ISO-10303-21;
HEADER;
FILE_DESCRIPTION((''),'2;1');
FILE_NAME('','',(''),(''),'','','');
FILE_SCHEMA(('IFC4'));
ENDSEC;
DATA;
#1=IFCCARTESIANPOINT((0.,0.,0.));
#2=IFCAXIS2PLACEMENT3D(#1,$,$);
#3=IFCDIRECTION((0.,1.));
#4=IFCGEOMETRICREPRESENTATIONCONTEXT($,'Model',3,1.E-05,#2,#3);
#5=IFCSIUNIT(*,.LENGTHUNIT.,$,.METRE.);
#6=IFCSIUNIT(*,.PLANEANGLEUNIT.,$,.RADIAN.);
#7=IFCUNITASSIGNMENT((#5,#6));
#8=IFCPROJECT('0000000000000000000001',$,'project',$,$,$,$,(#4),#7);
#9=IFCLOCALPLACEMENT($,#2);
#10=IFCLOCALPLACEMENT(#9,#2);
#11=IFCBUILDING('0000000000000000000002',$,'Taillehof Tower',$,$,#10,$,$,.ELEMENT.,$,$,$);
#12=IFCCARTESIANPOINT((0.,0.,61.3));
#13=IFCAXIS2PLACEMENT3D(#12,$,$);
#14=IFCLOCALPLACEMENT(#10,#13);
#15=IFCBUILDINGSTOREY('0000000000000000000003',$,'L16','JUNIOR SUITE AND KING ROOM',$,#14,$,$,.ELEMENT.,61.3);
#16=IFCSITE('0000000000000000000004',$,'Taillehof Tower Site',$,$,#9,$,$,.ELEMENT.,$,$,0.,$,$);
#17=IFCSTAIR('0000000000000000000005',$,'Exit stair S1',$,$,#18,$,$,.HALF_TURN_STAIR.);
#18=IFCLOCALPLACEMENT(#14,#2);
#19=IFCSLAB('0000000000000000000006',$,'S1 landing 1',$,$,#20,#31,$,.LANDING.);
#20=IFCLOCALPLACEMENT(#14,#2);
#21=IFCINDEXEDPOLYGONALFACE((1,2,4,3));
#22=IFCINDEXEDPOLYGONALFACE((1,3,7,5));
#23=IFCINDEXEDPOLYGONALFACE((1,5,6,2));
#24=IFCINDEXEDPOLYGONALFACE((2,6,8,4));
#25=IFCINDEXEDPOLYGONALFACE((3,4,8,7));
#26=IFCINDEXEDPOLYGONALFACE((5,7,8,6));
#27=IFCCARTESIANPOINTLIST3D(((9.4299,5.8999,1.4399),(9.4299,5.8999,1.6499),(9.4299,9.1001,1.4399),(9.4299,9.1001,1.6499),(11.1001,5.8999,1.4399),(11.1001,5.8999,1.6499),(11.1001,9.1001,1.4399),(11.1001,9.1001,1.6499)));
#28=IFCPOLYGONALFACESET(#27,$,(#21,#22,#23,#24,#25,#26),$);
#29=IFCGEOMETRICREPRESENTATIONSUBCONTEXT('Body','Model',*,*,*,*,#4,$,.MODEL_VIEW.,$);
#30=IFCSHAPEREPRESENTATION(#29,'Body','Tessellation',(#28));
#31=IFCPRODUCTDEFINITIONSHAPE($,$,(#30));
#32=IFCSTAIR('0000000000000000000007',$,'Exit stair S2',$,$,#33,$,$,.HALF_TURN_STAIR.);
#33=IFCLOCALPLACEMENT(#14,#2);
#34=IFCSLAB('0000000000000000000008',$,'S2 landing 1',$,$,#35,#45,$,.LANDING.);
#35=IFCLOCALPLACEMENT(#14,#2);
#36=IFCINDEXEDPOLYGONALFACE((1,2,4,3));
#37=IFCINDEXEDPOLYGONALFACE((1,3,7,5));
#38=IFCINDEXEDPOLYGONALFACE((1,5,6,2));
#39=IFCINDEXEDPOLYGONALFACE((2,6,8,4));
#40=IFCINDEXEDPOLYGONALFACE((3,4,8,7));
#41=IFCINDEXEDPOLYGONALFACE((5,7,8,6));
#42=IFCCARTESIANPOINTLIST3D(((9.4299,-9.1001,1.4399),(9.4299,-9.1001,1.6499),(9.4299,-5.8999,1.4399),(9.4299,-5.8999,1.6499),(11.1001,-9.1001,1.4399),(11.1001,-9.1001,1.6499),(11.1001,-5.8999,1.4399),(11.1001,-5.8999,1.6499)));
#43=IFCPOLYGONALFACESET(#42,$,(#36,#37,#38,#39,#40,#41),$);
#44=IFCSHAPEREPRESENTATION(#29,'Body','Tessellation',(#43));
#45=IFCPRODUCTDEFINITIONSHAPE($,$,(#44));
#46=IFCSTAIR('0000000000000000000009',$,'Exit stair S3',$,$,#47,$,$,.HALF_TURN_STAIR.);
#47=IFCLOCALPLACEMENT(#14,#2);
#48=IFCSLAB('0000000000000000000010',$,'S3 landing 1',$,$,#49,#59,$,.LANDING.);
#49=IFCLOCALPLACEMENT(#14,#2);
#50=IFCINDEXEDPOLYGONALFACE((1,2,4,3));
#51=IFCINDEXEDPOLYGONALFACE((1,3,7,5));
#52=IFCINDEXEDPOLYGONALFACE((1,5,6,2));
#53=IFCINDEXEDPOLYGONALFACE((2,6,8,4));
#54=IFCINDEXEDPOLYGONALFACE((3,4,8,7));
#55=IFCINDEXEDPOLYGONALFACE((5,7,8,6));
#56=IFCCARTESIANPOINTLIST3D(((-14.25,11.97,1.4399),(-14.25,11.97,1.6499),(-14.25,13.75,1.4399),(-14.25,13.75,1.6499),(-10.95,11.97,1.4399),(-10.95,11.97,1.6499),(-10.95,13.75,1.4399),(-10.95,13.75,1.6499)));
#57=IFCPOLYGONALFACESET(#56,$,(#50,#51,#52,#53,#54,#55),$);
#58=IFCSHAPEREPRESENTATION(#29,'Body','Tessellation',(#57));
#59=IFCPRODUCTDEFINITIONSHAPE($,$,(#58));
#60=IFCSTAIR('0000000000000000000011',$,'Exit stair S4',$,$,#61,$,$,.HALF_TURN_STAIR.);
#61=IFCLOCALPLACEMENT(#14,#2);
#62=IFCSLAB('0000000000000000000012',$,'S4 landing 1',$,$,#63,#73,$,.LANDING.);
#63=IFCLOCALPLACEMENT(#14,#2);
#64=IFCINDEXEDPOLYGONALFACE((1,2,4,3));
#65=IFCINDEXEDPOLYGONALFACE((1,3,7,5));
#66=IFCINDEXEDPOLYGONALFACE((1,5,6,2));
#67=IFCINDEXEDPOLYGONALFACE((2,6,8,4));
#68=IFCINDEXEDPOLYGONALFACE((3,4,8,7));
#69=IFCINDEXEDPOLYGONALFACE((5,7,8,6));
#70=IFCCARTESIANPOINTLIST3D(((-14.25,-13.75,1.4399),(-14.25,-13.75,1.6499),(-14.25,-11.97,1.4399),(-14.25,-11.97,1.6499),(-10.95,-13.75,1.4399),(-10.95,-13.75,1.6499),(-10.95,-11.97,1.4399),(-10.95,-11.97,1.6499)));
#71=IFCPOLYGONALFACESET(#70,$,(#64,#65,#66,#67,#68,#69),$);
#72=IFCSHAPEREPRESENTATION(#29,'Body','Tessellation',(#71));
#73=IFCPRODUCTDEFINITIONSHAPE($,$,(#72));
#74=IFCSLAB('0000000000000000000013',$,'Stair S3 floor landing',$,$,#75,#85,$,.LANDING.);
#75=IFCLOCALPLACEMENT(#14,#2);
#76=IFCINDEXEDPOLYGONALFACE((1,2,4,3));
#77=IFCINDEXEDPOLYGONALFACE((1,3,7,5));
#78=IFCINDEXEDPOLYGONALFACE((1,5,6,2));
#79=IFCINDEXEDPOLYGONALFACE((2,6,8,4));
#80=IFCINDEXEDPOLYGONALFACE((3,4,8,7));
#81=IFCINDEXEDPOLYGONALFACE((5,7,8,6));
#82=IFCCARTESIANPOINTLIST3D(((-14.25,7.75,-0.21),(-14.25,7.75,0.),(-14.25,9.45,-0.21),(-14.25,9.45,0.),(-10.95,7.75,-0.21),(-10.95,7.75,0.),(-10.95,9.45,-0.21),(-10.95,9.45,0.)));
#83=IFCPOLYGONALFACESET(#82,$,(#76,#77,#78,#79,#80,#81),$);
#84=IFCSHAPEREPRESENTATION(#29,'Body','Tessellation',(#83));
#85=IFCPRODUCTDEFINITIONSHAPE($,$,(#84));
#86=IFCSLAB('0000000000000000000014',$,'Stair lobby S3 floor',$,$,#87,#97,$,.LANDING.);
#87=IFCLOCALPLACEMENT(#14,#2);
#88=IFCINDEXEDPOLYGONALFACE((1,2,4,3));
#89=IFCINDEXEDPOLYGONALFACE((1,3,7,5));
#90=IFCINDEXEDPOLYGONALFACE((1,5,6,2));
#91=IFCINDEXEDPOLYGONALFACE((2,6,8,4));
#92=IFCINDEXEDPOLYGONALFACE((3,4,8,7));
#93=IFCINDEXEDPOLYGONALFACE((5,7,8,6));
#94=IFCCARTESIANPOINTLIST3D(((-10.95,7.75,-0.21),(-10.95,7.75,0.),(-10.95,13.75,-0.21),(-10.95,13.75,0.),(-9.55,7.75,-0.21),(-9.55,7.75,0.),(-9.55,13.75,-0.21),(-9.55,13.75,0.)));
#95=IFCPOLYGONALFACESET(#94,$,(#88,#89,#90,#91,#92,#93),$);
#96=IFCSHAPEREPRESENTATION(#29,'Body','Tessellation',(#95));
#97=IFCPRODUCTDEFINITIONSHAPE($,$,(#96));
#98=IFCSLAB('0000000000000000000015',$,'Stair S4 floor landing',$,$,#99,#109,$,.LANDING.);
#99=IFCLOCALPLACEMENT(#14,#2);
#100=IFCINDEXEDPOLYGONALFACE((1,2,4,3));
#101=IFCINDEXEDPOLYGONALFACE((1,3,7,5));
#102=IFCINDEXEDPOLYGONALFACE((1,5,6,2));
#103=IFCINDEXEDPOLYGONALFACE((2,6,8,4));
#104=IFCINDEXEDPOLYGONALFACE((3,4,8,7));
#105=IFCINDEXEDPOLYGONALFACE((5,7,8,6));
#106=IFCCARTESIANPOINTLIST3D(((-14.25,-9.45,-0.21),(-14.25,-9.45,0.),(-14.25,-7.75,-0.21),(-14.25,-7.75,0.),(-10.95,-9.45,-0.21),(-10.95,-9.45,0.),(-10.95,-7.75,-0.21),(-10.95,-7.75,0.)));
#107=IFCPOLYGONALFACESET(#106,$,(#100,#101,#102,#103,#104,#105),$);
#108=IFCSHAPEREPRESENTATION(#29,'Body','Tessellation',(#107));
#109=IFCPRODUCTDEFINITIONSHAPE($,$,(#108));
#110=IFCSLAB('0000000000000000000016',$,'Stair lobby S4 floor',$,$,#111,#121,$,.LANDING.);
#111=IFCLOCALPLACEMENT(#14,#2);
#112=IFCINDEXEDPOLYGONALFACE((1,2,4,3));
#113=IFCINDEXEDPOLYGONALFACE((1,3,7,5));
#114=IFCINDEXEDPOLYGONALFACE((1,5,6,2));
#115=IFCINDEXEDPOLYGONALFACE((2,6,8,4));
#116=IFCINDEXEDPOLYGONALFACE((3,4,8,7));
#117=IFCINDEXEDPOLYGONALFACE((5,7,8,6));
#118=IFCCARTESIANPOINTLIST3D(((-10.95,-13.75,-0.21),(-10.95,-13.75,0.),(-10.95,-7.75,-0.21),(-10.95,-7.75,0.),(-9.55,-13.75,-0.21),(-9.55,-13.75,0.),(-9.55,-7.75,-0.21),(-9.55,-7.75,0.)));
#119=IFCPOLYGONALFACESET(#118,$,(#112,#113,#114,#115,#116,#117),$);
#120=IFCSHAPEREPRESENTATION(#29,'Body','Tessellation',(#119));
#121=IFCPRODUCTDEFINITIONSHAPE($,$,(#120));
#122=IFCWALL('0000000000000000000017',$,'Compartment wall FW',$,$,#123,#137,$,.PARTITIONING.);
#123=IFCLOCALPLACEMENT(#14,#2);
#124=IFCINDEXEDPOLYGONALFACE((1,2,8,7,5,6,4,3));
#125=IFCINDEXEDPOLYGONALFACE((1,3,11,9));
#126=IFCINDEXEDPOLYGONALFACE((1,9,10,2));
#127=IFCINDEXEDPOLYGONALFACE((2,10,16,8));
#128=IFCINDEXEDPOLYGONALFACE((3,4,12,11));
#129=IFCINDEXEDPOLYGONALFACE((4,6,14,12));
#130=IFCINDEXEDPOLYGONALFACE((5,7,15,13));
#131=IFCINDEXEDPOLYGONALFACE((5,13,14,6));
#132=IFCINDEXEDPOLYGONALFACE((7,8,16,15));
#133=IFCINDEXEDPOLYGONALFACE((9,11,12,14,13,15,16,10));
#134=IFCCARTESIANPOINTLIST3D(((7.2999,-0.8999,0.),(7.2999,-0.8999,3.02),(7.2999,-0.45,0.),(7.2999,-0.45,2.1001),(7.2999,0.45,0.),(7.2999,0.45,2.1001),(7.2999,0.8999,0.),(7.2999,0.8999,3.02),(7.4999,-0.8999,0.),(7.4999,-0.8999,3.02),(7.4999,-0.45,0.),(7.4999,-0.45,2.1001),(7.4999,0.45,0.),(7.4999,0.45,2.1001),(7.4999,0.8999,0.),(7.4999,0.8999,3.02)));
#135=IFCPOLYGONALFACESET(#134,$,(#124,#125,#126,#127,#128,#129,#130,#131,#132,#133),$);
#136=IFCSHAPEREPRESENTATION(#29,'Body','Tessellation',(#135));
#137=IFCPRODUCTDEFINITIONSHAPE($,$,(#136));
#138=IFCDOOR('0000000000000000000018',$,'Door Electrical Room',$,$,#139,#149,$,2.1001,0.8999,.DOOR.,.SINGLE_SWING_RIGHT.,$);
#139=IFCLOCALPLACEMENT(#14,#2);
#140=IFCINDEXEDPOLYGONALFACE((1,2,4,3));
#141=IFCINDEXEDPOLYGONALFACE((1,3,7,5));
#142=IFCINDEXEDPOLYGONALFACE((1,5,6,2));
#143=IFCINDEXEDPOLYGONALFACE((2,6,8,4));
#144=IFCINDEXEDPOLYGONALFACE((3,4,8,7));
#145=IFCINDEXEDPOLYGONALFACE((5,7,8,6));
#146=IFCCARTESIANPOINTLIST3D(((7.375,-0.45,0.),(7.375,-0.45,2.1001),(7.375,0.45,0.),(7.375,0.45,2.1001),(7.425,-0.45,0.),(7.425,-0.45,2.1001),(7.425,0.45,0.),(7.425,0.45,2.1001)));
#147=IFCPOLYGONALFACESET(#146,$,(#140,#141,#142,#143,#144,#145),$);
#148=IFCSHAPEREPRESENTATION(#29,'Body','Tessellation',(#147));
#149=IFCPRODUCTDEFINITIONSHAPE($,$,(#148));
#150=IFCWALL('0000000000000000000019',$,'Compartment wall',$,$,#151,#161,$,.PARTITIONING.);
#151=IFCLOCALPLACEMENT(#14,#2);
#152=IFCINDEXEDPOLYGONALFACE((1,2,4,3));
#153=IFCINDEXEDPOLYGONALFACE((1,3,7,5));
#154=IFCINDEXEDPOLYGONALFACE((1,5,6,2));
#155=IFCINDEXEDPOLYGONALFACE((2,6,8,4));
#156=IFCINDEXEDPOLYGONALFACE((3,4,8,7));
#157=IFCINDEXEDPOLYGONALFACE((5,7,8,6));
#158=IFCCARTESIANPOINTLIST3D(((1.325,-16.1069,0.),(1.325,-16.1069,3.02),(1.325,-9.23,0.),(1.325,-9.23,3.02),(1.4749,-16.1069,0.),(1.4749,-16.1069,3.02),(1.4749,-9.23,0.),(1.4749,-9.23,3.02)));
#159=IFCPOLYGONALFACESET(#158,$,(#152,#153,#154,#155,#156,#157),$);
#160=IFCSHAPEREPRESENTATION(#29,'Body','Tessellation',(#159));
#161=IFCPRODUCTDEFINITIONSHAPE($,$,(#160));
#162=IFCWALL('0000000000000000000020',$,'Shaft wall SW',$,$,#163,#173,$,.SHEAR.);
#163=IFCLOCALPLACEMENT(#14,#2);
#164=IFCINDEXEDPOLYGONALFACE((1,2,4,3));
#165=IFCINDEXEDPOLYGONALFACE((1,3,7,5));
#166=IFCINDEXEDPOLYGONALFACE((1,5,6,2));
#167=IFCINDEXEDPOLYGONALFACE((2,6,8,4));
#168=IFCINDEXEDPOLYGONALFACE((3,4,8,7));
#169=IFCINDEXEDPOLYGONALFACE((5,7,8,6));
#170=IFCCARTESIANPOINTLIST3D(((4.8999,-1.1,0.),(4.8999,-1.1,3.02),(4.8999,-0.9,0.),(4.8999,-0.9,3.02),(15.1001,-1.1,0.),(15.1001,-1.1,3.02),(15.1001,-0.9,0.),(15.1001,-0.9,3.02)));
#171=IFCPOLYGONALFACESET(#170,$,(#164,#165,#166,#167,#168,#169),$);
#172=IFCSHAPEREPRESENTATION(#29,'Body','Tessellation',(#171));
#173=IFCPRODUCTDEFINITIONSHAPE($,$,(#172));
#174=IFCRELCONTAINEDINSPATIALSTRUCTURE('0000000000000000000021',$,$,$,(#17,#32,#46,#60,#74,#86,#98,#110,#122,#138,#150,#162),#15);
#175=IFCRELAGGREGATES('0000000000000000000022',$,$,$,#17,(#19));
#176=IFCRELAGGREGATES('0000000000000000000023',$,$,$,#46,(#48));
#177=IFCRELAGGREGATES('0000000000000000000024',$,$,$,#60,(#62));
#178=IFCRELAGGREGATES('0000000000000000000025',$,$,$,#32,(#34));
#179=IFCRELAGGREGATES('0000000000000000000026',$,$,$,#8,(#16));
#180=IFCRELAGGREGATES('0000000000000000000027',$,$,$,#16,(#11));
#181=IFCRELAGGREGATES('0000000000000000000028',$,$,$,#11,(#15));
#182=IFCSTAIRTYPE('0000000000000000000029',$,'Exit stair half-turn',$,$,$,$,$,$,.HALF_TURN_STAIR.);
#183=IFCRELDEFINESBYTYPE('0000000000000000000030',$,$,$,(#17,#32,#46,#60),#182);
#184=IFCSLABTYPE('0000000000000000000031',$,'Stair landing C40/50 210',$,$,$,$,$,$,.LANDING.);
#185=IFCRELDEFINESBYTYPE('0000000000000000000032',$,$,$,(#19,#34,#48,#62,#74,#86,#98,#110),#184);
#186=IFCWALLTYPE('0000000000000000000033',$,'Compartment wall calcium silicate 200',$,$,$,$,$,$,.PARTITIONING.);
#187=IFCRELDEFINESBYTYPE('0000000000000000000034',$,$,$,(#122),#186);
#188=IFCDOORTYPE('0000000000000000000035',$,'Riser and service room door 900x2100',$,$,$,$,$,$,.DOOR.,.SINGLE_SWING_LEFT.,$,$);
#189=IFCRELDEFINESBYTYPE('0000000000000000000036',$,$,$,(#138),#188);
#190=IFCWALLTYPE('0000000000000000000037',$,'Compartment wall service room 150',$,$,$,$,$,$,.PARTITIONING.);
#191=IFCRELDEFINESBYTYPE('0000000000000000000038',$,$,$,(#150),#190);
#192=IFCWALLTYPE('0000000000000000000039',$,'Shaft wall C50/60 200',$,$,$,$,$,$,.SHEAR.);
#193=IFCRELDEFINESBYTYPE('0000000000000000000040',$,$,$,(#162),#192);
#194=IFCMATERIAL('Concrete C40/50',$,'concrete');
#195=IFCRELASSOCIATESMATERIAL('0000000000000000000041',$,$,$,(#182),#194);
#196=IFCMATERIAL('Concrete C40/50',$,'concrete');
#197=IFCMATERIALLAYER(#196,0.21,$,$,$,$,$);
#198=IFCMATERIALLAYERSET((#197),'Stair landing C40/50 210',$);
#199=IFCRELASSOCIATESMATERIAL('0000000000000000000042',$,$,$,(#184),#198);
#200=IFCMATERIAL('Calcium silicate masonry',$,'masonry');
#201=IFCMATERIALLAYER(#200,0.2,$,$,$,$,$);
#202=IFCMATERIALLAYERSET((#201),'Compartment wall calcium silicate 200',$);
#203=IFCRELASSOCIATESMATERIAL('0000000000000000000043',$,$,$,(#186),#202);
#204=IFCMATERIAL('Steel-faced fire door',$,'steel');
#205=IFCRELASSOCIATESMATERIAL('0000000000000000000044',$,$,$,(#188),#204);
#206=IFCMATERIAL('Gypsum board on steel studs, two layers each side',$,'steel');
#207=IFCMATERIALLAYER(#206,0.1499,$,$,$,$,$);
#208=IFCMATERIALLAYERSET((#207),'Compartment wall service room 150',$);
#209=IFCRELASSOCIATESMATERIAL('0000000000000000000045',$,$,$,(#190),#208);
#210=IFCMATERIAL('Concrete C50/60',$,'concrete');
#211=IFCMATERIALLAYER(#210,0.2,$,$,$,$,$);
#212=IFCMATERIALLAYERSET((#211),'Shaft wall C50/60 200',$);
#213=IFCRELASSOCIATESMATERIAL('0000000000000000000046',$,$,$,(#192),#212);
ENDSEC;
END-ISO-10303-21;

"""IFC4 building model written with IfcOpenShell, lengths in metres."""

from ifc_helpers import new_model, si_unit, direction, frame, frame_2d, origin, place, context, subcontext, project, spatial, polyline, rectangle, outline, extrude, material, layer, layer_set, type_object, element, fill, aggregate, save


model = new_model("IFC4")

# Units and contexts
model_context = context("Model", 3, precision=1e-05, world=origin(), true_north=direction((0.0, 1.0)))
body_context = subcontext(model_context, "Body", "Model", "MODEL_VIEW")
ifc_project = project(units=[si_unit("LENGTHUNIT", "METRE"), si_unit("PLANEANGLEUNIT", "RADIAN")], contexts=[model_context])

# Site, building, storey
site_placement = place(None, origin())
site = spatial("IfcSite", under=ifc_project, at=site_placement, Name="Taillehof Tower Site", CompositionType="ELEMENT", RefElevation=0.0)
building_placement = place(site_placement, origin())
building = spatial("IfcBuilding", under=site, at=building_placement, Name="Taillehof Tower", CompositionType="ELEMENT")
storey_placement = place(building_placement, frame((0.0, 0.0, 61.3)))
storey = spatial("IfcBuildingStorey", under=building, at=storey_placement, Name="L16", Description="JUNIOR SUITE AND KING ROOM", CompositionType="ELEMENT", Elevation=61.3)

# Stairs, slabs
ifc_material_1 = material(Name="Concrete C40/50", Category="concrete")
stair_type = type_object("IfcStairType", Name="Exit stair half-turn", PredefinedType="HALF_TURN_STAIR", material=ifc_material_1)
stair_1_placement = place(storey_placement, origin())
stair_1 = element("IfcStair", 1, at=stair_1_placement, inside=storey, type_object=stair_type, Name="Exit stair S1", PredefinedType="HALF_TURN_STAIR")
ifc_material_2 = material(Name="Concrete C40/50", Category="concrete")
ifc_layer_1 = layer(ifc_material_2, 0.21)
ifc_layer_set_1 = layer_set([ifc_layer_1], Name="Stair landing C40/50 210")
slab_type_1 = type_object("IfcSlabType", Name="Stair landing C40/50 210", PredefinedType="LANDING", material=ifc_layer_set_1)
slab_1_placement = place(storey_placement, frame((0.0, 0.0, 1.4399)))
slab_1 = element("IfcSlab", 2, at=slab_1_placement, type_object=slab_type_1, Name="S1 landing 1", PredefinedType="LANDING", context=body_context, shape_type="SweptSolid", body=[
    extrude(outline(polyline([(9.4299, 5.8999), (11.1001, 5.8999), (11.1001, 9.1001), (9.4299, 9.1001), (9.4299, 5.8999)])), origin(), (0.0, 0.0, 1.0), 0.21),
])
aggregate(stair_1, [slab_1])
stair_2_placement = place(storey_placement, origin())
stair_2 = element("IfcStair", 3, at=stair_2_placement, inside=storey, type_object=stair_type, Name="Exit stair S2", PredefinedType="HALF_TURN_STAIR")
slab_2_placement = place(storey_placement, frame((0.0, 0.0, 1.4399)))
slab_2 = element("IfcSlab", 4, at=slab_2_placement, type_object=slab_type_1, Name="S2 landing 1", PredefinedType="LANDING", context=body_context, shape_type="SweptSolid", body=[
    extrude(outline(polyline([(9.4299, -5.8999), (11.1001, -5.8999), (11.1001, -9.1001), (9.4299, -9.1001), (9.4299, -5.8999)])), origin(), (0.0, 0.0, 1.0), 0.21),
])
stair_3_placement = place(storey_placement, origin())
stair_3 = element("IfcStair", 5, at=stair_3_placement, inside=storey, type_object=stair_type, Name="Exit stair S3", PredefinedType="HALF_TURN_STAIR")
slab_3_placement = place(storey_placement, frame((0.0, 0.0, 1.4399)))
slab_3 = element("IfcSlab", 6, at=slab_3_placement, type_object=slab_type_1, Name="S3 landing 1", PredefinedType="LANDING", context=body_context, shape_type="SweptSolid", body=[
    extrude(outline(polyline([(-14.25, 11.97), (-14.25, 13.75), (-10.95, 13.75), (-10.95, 11.97), (-14.25, 11.97)])), origin(), (0.0, 0.0, 1.0), 0.21),
])
aggregate(stair_3, [slab_3])
stair_4_placement = place(storey_placement, origin())
stair_4 = element("IfcStair", 7, at=stair_4_placement, inside=storey, type_object=stair_type, Name="Exit stair S4", PredefinedType="HALF_TURN_STAIR")
slab_4_placement = place(storey_placement, frame((0.0, 0.0, 1.4399)))
slab_4 = element("IfcSlab", 8, at=slab_4_placement, type_object=slab_type_1, Name="S4 landing 1", PredefinedType="LANDING", context=body_context, shape_type="SweptSolid", body=[
    extrude(outline(polyline([(-14.25, -11.97), (-14.25, -13.75), (-10.95, -13.75), (-10.95, -11.97), (-14.25, -11.97)])), origin(), (0.0, 0.0, 1.0), 0.21),
])
aggregate(stair_4, [slab_4])

# Slabs
slab_5_placement = place(storey_placement, frame((0.0, 0.0, -0.21)))
element("IfcSlab", 9, at=slab_5_placement, inside=storey, type_object=slab_type_1, Name="Stair S3 floor landing", PredefinedType="LANDING", context=body_context, shape_type="SweptSolid", body=[
    extrude(outline(polyline([(-14.25, 7.75), (-14.25, 9.45), (-10.95, 9.45), (-10.95, 7.75), (-14.25, 7.75)])), origin(), (0.0, 0.0, 1.0), 0.21),
])
slab_6_placement = place(storey_placement, frame((0.0, 0.0, -0.21)))
element("IfcSlab", 10, at=slab_6_placement, inside=storey, type_object=slab_type_1, Name="Stair lobby S3 floor", PredefinedType="LANDING", context=body_context, shape_type="SweptSolid", body=[
    extrude(outline(polyline([(-10.95, 7.75), (-9.55, 7.75), (-9.55, 13.75), (-10.95, 13.75), (-10.95, 7.75)])), origin(), (0.0, 0.0, 1.0), 0.21),
])
slab_7_placement = place(storey_placement, frame((0.0, 0.0, -0.21)))
element("IfcSlab", 11, at=slab_7_placement, inside=storey, type_object=slab_type_1, Name="Stair S4 floor landing", PredefinedType="LANDING", context=body_context, shape_type="SweptSolid", body=[
    extrude(outline(polyline([(-14.25, -7.75), (-14.25, -9.45), (-10.95, -9.45), (-10.95, -7.75), (-14.25, -7.75)])), origin(), (0.0, 0.0, 1.0), 0.21),
])
slab_8_placement = place(storey_placement, frame((0.0, 0.0, -0.21)))
element("IfcSlab", 12, at=slab_8_placement, inside=storey, type_object=slab_type_1, Name="Stair lobby S4 floor", PredefinedType="LANDING", context=body_context, shape_type="SweptSolid", body=[
    extrude(outline(polyline([(-10.95, -13.75), (-9.55, -13.75), (-9.55, -7.75), (-10.95, -7.75), (-10.95, -13.75)])), origin(), (0.0, 0.0, 1.0), 0.21),
])

# Wall, opening, door
ifc_material_3 = material(Name="Calcium silicate masonry", Category="masonry")
ifc_layer_2 = layer(ifc_material_3, 0.2)
ifc_layer_set_2 = layer_set([ifc_layer_2], Name="Compartment wall calcium silicate 200")
wall_type_1 = type_object("IfcWallType", Name="Compartment wall calcium silicate 200", PredefinedType="PARTITIONING", material=ifc_layer_set_2)
wall_1_placement = place(storey_placement, frame((7.3999, -0.8999, 0.0), z_axis=(0.0, 0.0, 1.0), x_axis=(0.0, 1.0, 0.0)))
wall_1 = element("IfcWall", 13, at=wall_1_placement, inside=storey, type_object=wall_type_1, Name="Compartment wall FW", PredefinedType="PARTITIONING", context=body_context, shape_type="SweptSolid", body=[
    extrude(rectangle(XDim=1.7998, YDim=0.2, at=frame_2d((0.8999, 0.0))), origin(), (0.0, 0.0, 1.0), 3.02),
])
opening_1_placement = place(wall_1_placement, frame((0.45, 0.0, 0.0)))
opening_1 = element("IfcOpeningElement", 14, at=opening_1_placement, cuts=wall_1, PredefinedType="OPENING", context=body_context, shape_type="SweptSolid", body=[
    extrude(rectangle(XDim=0.8999, YDim=2.1001, at=frame_2d((0.45, 1.05))), frame((0.0, 0.1099, 0.0), z_axis=(0.0, -1.0, 0.0), x_axis=(1.0, 0.0, 0.0)), (0.0, 0.0, 1.0), 0.22),
])
ifc_material_4 = material(Name="Steel-faced fire door", Category="steel")
door_type_1 = type_object("IfcDoorType", Name="Riser and service room door 900x2100", OperationType="SINGLE_SWING_LEFT", PredefinedType="DOOR", material=ifc_material_4)
door_1_placement = place(opening_1_placement, origin())
door_1 = element("IfcDoor", 15, at=door_1_placement, inside=storey, type_object=door_type_1, Name="Door Electrical Room", OperationType="SINGLE_SWING_RIGHT", OverallHeight=2.1001, OverallWidth=0.8999, PredefinedType="DOOR", context=body_context, shape_type="SweptSolid", body=[
    extrude(rectangle(XDim=0.8999, YDim=2.1001, at=frame_2d((0.45, 1.05))), frame((0.0, 0.0249, 0.0), z_axis=(0.0, -1.0, 0.0), x_axis=(1.0, 0.0, 0.0)), (0.0, 0.0, 1.0), 0.05),
])
fill(opening_1, door_1)

# Walls
ifc_material_5 = material(Name="Gypsum board on steel studs, two layers each side", Category="steel")
ifc_layer_3 = layer(ifc_material_5, 0.1499)
ifc_layer_set_3 = layer_set([ifc_layer_3], Name="Compartment wall service room 150")
wall_type_2 = type_object("IfcWallType", Name="Compartment wall service room 150", PredefinedType="PARTITIONING", material=ifc_layer_set_3)
wall_2_placement = place(storey_placement, frame((1.3999, -9.23, 0.0), z_axis=(0.0, 0.0, 1.0), x_axis=(0.0, -1.0, 0.0)))
element("IfcWall", 16, at=wall_2_placement, inside=storey, type_object=wall_type_2, Name="Compartment wall", PredefinedType="PARTITIONING", context=body_context, shape_type="SweptSolid", body=[
    extrude(rectangle(XDim=6.877, YDim=0.1499, at=frame_2d((3.4385, 0.0))), origin(), (0.0, 0.0, 1.0), 3.02),
])
ifc_material_6 = material(Name="Concrete C50/60", Category="concrete")
ifc_layer_4 = layer(ifc_material_6, 0.2)
ifc_layer_set_4 = layer_set([ifc_layer_4], Name="Shaft wall C50/60 200")
wall_type_3 = type_object("IfcWallType", Name="Shaft wall C50/60 200", PredefinedType="SHEAR", material=ifc_layer_set_4)
wall_3_placement = place(storey_placement, frame((4.8999, -1.0, 0.0), z_axis=(0.0, 0.0, 1.0), x_axis=(1.0, 0.0, 0.0)))
element("IfcWall", 17, at=wall_3_placement, inside=storey, type_object=wall_type_3, Name="Shaft wall SW", PredefinedType="SHEAR", context=body_context, shape_type="SweptSolid", body=[
    extrude(rectangle(XDim=10.2002, YDim=0.2, at=frame_2d((5.1001, 0.0))), origin(), (0.0, 0.0, 1.0), 3.02),
])

aggregate(stair_2, [slab_2])

save(model, "model.ifc")
